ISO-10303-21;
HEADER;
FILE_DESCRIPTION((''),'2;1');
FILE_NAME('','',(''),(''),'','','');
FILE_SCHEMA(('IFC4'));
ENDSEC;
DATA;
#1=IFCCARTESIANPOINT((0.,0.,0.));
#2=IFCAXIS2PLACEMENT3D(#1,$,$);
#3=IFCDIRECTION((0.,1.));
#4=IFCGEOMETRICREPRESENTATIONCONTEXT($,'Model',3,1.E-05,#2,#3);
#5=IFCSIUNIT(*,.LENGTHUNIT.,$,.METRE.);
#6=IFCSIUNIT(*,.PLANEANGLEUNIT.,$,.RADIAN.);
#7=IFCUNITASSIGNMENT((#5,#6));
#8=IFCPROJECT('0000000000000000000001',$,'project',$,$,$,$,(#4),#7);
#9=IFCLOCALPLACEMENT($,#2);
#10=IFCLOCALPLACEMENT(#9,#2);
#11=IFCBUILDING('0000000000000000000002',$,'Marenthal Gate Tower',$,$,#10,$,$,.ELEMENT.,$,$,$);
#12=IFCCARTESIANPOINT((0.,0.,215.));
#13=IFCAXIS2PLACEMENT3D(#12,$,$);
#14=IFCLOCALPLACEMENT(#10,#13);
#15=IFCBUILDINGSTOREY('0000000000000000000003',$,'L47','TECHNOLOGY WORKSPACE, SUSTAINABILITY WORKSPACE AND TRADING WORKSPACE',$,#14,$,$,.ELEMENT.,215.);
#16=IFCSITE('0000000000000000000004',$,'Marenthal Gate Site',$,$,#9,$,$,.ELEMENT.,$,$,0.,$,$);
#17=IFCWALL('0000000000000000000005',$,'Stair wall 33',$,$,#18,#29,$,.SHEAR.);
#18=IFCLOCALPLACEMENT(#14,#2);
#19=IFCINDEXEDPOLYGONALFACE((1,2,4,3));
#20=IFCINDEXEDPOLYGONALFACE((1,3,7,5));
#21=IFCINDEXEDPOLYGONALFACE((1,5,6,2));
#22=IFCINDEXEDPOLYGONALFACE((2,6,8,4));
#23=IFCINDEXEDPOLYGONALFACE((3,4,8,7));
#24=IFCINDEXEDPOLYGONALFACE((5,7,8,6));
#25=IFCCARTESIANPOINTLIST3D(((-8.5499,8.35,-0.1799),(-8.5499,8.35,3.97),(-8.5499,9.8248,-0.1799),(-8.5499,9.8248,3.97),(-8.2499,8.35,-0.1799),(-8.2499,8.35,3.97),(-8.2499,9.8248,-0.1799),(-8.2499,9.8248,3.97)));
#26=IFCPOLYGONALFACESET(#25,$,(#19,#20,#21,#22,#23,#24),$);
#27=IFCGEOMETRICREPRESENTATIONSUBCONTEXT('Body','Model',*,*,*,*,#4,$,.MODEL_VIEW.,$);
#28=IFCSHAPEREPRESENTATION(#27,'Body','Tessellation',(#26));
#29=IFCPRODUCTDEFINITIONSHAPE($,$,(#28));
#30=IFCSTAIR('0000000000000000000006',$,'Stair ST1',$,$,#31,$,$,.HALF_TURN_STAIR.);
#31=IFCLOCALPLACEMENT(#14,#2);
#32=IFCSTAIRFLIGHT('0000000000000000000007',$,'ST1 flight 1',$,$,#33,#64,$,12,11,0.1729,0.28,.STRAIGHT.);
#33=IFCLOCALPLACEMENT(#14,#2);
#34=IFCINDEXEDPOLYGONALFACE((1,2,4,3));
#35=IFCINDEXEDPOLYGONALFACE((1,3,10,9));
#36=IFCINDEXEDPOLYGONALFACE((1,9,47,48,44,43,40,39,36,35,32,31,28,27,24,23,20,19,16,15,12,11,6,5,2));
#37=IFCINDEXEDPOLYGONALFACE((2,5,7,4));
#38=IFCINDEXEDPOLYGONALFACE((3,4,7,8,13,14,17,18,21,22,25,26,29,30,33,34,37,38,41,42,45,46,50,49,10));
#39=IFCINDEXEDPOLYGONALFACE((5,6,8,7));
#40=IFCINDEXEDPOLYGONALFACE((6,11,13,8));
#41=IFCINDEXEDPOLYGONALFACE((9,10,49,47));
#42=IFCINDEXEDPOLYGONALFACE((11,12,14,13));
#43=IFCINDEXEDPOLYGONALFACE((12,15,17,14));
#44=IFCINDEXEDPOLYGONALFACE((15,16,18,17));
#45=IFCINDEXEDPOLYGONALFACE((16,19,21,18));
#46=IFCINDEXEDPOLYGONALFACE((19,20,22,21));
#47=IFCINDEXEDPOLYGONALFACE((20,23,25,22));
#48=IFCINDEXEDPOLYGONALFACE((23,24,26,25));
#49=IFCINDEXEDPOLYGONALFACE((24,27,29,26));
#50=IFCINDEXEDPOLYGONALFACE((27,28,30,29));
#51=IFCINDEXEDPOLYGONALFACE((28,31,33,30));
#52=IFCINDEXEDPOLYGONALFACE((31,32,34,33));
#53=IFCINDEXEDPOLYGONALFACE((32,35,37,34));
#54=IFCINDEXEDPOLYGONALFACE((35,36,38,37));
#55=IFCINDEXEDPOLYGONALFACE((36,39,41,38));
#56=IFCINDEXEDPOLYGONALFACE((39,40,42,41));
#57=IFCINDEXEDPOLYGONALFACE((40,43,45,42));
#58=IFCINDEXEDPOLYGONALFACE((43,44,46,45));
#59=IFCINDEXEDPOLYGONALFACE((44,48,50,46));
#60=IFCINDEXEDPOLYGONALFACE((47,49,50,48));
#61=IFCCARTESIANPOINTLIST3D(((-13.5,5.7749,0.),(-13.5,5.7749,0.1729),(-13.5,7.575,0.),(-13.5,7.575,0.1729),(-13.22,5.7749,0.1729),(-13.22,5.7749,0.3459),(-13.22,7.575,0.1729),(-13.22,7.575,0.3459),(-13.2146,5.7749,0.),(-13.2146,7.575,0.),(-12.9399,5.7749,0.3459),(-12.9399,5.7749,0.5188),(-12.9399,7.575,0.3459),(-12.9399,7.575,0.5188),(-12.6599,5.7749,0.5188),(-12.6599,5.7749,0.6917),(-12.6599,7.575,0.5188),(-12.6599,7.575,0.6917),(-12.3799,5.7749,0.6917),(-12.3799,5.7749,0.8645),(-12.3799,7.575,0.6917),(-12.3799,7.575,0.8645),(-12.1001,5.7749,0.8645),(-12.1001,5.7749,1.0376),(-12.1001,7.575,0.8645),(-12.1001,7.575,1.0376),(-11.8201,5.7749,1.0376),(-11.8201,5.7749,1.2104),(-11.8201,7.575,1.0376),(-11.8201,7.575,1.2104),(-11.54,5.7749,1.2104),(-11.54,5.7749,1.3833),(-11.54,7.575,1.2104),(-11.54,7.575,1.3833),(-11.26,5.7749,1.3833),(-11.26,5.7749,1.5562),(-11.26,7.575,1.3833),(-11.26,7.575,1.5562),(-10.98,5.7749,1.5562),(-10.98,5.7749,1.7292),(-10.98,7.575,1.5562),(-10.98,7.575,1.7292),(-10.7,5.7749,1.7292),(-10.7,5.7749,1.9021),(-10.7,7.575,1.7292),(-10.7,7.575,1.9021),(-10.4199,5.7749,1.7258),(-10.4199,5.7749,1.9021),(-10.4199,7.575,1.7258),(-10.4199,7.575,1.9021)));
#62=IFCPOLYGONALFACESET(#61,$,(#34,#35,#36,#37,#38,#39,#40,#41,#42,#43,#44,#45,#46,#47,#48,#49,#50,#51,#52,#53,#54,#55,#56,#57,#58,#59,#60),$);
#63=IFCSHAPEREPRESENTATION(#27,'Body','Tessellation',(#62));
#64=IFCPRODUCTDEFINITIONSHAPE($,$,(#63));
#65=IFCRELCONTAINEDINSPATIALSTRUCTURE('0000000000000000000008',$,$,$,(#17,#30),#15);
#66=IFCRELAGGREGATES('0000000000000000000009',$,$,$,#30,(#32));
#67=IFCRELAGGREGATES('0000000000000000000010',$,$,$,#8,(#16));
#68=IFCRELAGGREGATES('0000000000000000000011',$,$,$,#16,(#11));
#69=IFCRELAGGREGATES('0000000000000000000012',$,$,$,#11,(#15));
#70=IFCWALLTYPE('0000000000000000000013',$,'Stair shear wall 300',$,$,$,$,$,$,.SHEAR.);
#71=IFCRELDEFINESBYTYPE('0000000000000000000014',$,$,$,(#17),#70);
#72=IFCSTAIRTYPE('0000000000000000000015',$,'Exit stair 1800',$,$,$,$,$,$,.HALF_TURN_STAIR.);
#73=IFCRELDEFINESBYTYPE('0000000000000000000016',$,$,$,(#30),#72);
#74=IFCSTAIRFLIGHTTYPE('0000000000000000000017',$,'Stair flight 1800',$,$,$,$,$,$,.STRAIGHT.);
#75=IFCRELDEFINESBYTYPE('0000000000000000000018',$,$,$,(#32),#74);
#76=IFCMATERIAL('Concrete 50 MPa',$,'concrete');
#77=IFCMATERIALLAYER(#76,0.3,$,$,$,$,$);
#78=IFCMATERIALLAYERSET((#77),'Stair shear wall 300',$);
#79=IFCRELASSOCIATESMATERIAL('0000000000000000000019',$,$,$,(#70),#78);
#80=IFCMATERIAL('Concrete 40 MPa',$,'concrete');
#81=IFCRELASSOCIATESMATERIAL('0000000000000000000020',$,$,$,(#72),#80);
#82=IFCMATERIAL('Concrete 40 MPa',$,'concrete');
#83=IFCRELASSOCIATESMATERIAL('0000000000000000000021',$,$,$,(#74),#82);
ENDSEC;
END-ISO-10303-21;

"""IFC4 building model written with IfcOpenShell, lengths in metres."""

from ifc_helpers import new_model, si_unit, direction, frame, frame_2d, origin, place, context, subcontext, project, spatial, polyline, rectangle, outline, extrude, material, layer, layer_set, type_object, element, aggregate, save


model = new_model("IFC4")

# Units and contexts
model_context = context("Model", 3, precision=1e-05, world=origin(), true_north=direction((0.0, 1.0)))
body_context = subcontext(model_context, "Body", "Model", "MODEL_VIEW")
ifc_project = project(units=[si_unit("LENGTHUNIT", "METRE"), si_unit("PLANEANGLEUNIT", "RADIAN")], contexts=[model_context])

# Site, building, storey
site_placement = place(None, origin())
site = spatial("IfcSite", under=ifc_project, at=site_placement, Name="Marenthal Gate Site", CompositionType="ELEMENT", RefElevation=0.0)
building_placement = place(site_placement, origin())
building = spatial("IfcBuilding", under=site, at=building_placement, Name="Marenthal Gate Tower", CompositionType="ELEMENT")
storey_placement = place(building_placement, frame((0.0, 0.0, 215.0)))
storey = spatial("IfcBuildingStorey", under=building, at=storey_placement, Name="L47", Description="TECHNOLOGY WORKSPACE, SUSTAINABILITY WORKSPACE AND TRADING WORKSPACE", CompositionType="ELEMENT", Elevation=215.0)

# Wall
ifc_material_1 = material(Name="Concrete 50 MPa", Category="concrete")
ifc_layer_1 = layer(ifc_material_1, 0.3)
ifc_layer_set_1 = layer_set([ifc_layer_1], Name="Stair shear wall 300")
wall_type_1 = type_object("IfcWallType", Name="Stair shear wall 300", PredefinedType="SHEAR", material=ifc_layer_set_1)
wall_1_placement = place(storey_placement, frame((-8.3999, 8.3501, -0.1799), z_axis=(0.0, 0.0, 1.0), x_axis=(0.0, 1.0, 0.0)))
element("IfcWall", 1, at=wall_1_placement, inside=storey, type_object=wall_type_1, Name="Stair wall 33", PredefinedType="SHEAR", context=body_context, shape_type="SweptSolid", body=[
    extrude(rectangle(XDim=1.4749, YDim=0.3, at=frame_2d((0.7373, 0.0))), origin(), (0.0, 0.0, 1.0), 4.1499),
])

# Stair, stair flight
ifc_material_2 = material(Name="Concrete 40 MPa", Category="concrete")
stair_type = type_object("IfcStairType", Name="Exit stair 1800", PredefinedType="HALF_TURN_STAIR", material=ifc_material_2)
stair_placement = place(storey_placement, origin())
stair = element("IfcStair", 2, at=stair_placement, inside=storey, type_object=stair_type, Name="Stair ST1", PredefinedType="HALF_TURN_STAIR")
ifc_material_3 = material(Name="Concrete 40 MPa", Category="concrete")
stair_flight_type = type_object("IfcStairFlightType", Name="Stair flight 1800", PredefinedType="STRAIGHT", material=ifc_material_3)
stair_flight_placement = place(storey_placement, frame((-13.5, 6.675, 0.0), z_axis=(0.0, 0.0, 1.0), x_axis=(1.0, 0.0, 0.0)))
stair_flight = element("IfcStairFlight", 3, at=stair_flight_placement, type_object=stair_flight_type, Name="ST1 flight 1", NumberOfRisers=12, NumberOfTreads=11, PredefinedType="STRAIGHT", RiserHeight=0.1729, TreadLength=0.28, context=body_context, shape_type="SweptSolid", body=[
    extrude(outline(polyline([(0.0, 0.0), (0.0, 0.1729), (0.28, 0.1729), (0.28, 0.3459), (0.5601, 0.3459), (0.5601, 0.5188), (0.8401, 0.5188), (0.8401, 0.6917), (1.1201, 0.6917), (1.1201, 0.8645), (1.3999, 0.8645), (1.3999, 1.0376), (1.6799, 1.0376), (1.6799, 1.2104), (1.96, 1.2104), (1.96, 1.3833), (2.24, 1.3833), (2.24, 1.5562), (2.52, 1.5562), (2.52, 1.7292), (2.8, 1.7292), (2.8, 1.9021), (3.0801, 1.9021), (3.0801, 2.075), (3.0801, 1.7258), (0.2854, 0.0), (0.0, 0.0)])), frame((0.0, 0.8999, 0.0), z_axis=(0.0, -1.0, 0.0), x_axis=(1.0, 0.0, 0.0)), (0.0, 0.0, 1.0), 1.8),
])
aggregate(stair, [stair_flight])

save(model, "model.ifc")
